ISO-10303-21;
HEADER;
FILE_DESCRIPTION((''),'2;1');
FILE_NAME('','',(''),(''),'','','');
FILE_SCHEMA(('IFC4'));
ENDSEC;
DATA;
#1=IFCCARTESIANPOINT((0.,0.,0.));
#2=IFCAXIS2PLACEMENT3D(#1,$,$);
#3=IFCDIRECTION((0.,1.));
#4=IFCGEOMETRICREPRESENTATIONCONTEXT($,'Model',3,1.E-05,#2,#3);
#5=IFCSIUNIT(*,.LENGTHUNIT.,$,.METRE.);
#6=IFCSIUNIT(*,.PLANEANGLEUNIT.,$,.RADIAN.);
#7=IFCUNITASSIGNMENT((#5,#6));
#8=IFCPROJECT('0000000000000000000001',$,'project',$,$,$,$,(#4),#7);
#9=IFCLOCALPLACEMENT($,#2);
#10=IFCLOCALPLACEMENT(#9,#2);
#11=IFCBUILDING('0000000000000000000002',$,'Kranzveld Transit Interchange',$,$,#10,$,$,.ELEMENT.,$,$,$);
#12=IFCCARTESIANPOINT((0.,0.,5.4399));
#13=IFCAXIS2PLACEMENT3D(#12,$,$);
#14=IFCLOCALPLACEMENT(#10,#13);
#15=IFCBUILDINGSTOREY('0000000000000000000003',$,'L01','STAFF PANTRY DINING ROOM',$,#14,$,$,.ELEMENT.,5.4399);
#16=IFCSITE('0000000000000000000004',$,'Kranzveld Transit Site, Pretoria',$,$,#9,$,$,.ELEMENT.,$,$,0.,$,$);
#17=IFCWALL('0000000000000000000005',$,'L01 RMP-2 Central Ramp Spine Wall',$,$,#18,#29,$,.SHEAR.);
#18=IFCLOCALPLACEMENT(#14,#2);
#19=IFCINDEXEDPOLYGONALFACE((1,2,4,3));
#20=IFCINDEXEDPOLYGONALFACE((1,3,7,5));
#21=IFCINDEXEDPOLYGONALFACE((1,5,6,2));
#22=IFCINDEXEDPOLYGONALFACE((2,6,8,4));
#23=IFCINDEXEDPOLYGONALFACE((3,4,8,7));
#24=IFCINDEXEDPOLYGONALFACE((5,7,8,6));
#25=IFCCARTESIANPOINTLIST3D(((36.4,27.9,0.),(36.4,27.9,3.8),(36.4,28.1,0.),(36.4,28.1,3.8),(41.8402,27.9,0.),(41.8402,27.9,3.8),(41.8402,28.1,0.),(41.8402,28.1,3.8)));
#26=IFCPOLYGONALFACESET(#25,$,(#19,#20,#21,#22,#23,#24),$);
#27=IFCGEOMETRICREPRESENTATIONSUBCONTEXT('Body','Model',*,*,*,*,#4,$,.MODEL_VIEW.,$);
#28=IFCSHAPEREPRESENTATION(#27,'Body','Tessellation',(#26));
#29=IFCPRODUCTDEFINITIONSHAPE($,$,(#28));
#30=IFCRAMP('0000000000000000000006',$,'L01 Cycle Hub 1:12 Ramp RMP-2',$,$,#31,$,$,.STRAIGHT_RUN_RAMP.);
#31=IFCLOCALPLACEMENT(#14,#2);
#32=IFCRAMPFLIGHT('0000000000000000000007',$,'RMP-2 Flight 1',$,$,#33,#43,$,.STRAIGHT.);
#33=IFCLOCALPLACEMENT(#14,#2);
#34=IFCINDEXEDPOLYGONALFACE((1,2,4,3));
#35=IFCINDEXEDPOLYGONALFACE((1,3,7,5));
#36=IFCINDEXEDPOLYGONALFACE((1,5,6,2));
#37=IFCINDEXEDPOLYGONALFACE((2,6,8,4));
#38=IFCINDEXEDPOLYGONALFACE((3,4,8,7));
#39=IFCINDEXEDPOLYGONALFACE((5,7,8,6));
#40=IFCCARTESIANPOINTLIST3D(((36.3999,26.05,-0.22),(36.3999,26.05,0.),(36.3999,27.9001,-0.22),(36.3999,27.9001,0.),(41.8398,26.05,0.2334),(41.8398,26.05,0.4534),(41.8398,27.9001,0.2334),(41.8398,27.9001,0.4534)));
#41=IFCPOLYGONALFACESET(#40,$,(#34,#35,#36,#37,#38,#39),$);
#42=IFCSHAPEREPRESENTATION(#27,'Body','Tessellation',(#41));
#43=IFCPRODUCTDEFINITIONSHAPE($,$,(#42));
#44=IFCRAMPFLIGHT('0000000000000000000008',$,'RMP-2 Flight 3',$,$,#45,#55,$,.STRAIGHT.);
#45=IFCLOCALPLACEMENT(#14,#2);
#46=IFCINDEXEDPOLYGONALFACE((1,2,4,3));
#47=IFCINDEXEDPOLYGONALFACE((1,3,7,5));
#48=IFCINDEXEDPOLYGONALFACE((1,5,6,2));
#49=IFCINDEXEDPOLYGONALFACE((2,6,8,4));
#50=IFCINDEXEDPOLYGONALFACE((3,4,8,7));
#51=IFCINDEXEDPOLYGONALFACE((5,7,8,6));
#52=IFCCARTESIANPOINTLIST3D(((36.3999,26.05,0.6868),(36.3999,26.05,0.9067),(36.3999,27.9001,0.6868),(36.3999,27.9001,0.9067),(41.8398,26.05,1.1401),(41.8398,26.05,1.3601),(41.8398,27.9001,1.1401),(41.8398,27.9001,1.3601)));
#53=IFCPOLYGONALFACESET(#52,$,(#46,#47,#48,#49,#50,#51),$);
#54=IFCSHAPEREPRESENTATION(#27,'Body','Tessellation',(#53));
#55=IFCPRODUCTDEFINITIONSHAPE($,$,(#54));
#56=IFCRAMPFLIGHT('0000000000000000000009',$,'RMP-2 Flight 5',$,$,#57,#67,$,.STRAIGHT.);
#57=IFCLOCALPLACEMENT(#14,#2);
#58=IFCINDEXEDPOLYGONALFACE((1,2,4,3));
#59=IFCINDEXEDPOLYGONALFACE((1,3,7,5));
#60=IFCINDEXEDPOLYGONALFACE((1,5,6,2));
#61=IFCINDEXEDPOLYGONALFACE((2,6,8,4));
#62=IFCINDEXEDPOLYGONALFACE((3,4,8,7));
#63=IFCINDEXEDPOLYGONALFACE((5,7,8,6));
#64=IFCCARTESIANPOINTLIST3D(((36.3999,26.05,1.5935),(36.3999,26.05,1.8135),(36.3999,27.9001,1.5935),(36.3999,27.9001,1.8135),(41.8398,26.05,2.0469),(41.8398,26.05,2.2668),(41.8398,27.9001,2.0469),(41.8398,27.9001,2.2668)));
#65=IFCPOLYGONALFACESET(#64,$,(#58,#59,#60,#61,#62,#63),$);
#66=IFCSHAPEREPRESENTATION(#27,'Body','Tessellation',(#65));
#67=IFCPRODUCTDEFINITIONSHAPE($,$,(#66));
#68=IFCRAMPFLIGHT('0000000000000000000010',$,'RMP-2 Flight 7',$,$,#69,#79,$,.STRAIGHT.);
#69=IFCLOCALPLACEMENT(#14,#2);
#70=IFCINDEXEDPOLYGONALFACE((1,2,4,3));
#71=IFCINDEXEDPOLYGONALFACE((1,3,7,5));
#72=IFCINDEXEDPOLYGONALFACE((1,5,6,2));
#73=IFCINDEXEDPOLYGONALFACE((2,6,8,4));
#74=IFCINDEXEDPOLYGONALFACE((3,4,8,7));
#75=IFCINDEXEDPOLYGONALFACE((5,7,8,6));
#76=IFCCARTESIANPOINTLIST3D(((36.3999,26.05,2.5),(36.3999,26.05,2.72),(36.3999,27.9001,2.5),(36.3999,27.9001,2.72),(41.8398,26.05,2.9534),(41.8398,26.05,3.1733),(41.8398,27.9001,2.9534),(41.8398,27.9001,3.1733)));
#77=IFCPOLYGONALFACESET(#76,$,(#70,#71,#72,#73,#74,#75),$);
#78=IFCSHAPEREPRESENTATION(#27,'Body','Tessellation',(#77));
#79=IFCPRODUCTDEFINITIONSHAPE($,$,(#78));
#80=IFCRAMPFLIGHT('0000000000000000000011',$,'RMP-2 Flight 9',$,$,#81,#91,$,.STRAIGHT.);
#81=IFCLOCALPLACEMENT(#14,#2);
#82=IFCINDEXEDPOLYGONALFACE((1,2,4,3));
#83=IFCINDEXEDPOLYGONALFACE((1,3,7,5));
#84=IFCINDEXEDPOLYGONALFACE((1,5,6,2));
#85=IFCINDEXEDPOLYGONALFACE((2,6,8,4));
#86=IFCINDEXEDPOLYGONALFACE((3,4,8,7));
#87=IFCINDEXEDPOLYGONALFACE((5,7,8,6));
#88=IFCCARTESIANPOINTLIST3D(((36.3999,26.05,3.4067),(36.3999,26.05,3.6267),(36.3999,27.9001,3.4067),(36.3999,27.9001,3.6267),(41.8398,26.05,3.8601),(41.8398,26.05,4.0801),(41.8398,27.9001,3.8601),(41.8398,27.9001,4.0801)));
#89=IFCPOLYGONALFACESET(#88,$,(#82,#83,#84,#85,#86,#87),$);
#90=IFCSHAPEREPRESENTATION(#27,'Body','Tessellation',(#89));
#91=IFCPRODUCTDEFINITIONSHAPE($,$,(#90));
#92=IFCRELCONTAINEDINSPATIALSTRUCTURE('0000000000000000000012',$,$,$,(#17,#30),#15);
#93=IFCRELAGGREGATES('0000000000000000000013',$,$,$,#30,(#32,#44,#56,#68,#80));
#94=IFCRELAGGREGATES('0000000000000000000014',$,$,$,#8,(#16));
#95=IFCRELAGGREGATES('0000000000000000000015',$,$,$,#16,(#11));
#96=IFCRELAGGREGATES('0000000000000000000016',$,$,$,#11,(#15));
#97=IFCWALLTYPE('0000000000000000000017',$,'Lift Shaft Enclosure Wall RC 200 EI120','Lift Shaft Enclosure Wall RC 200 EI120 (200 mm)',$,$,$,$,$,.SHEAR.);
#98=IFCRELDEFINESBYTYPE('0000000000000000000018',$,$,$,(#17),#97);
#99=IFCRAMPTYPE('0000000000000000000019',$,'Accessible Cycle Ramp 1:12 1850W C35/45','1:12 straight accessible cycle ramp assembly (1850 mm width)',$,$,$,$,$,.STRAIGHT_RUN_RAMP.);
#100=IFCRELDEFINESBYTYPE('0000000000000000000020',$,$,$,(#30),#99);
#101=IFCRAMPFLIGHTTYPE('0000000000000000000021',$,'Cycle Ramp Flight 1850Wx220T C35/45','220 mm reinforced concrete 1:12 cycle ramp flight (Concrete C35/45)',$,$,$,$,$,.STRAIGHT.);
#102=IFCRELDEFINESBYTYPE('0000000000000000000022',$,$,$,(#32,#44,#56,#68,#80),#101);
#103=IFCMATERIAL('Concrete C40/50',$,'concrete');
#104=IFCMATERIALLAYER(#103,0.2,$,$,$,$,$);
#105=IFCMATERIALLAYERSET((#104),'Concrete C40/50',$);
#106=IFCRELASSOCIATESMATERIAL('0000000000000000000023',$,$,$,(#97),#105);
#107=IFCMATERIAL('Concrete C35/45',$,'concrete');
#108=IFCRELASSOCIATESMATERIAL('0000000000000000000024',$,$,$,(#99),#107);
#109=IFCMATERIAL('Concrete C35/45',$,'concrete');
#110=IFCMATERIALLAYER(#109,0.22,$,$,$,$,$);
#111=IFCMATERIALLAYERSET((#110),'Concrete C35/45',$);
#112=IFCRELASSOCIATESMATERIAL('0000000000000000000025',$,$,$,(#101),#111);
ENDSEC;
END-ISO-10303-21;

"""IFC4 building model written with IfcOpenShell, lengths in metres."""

from ifc_helpers import new_model, si_unit, direction, frame, frame_2d, origin, place, context, subcontext, project, spatial, polyline, rectangle, outline, extrude, material, layer, layer_set, type_object, element, aggregate, save


model = new_model("IFC4")

# Units and contexts
model_context = context("Model", 3, precision=1e-05, world=origin(), true_north=direction((0.0, 1.0)))
body_context = subcontext(model_context, "Body", "Model", "MODEL_VIEW")
ifc_project = project(units=[si_unit("LENGTHUNIT", "METRE"), si_unit("PLANEANGLEUNIT", "RADIAN")], contexts=[model_context])

# Site, building, storey
site_placement = place(None, origin())
site = spatial("IfcSite", under=ifc_project, at=site_placement, Name="Kranzveld Transit Site, Pretoria", CompositionType="ELEMENT", RefElevation=0.0)
building_placement = place(site_placement, origin())
building = spatial("IfcBuilding", under=site, at=building_placement, Name="Kranzveld Transit Interchange", CompositionType="ELEMENT")
storey_placement = place(building_placement, frame((0.0, 0.0, 5.4399)))
storey = spatial("IfcBuildingStorey", under=building, at=storey_placement, Name="L01", Description="STAFF PANTRY DINING ROOM", CompositionType="ELEMENT", Elevation=5.4399)

# Wall
ifc_material_1 = material(Name="Concrete C40/50", Category="concrete")
ifc_layer_1 = layer(ifc_material_1, 0.2)
ifc_layer_set_1 = layer_set([ifc_layer_1], Name="Concrete C40/50")
wall_type = type_object("IfcWallType", Name="Lift Shaft Enclosure Wall RC 200 EI120", Description="Lift Shaft Enclosure Wall RC 200 EI120 (200 mm)", PredefinedType="SHEAR", material=ifc_layer_set_1)
wall_placement = place(storey_placement, frame((36.3999, 28.0, 0.0), z_axis=(0.0, 0.0, 1.0), x_axis=(1.0, 0.0, 0.0)))
element("IfcWall", 1, at=wall_placement, inside=storey, type_object=wall_type, Name="L01 RMP-2 Central Ramp Spine Wall", PredefinedType="SHEAR", context=body_context, shape_type="SweptSolid", body=[
    extrude(rectangle(XDim=5.4402, YDim=0.2, at=frame_2d((2.7202, 0.0))), origin(), (0.0, 0.0, 1.0), 3.8),
])

# Ramp, ramp flights
ifc_material_2 = material(Name="Concrete C35/45", Category="concrete")
ramp_type = type_object("IfcRampType", Name="Accessible Cycle Ramp 1:12 1850W C35/45", Description="1:12 straight accessible cycle ramp assembly (1850 mm width)", PredefinedType="STRAIGHT_RUN_RAMP", material=ifc_material_2)
ramp_placement = place(storey_placement, origin())
ramp = element("IfcRamp", 2, at=ramp_placement, inside=storey, type_object=ramp_type, Name="L01 Cycle Hub 1:12 Ramp RMP-2", PredefinedType="STRAIGHT_RUN_RAMP")
ifc_material_3 = material(Name="Concrete C35/45", Category="concrete")
ifc_layer_2 = layer(ifc_material_3, 0.22)
ifc_layer_set_2 = layer_set([ifc_layer_2], Name="Concrete C35/45")
ramp_flight_type = type_object("IfcRampFlightType", Name="Cycle Ramp Flight 1850Wx220T C35/45", Description="220 mm reinforced concrete 1:12 cycle ramp flight (Concrete C35/45)", PredefinedType="STRAIGHT", material=ifc_layer_set_2)
ramp_flight_1_placement = place(storey_placement, frame((36.3999, 26.9751, 0.0), z_axis=(0.0, 0.0, 1.0), x_axis=(1.0, 0.0, 0.0)))
ramp_flight_1 = element("IfcRampFlight", 3, at=ramp_flight_1_placement, type_object=ramp_flight_type, Name="RMP-2 Flight 1", PredefinedType="STRAIGHT", context=body_context, shape_type="SweptSolid", body=[
    extrude(outline(polyline([(0.0, -0.22), (0.0, 0.0), (5.4399, 0.4534), (5.4399, 0.2334), (0.0, -0.22)])), frame((0.0, 0.925, 0.0), z_axis=(0.0, -1.0, 0.0), x_axis=(1.0, 0.0, 0.0)), (0.0, 0.0, 1.0), 1.8501),
])
ramp_flight_2_placement = place(storey_placement, frame((36.3999, 26.9751, 0.9067), z_axis=(0.0, 0.0, 1.0), x_axis=(1.0, 0.0, 0.0)))
ramp_flight_2 = element("IfcRampFlight", 4, at=ramp_flight_2_placement, type_object=ramp_flight_type, Name="RMP-2 Flight 3", PredefinedType="STRAIGHT", context=body_context, shape_type="SweptSolid", body=[
    extrude(outline(polyline([(0.0, -0.22), (0.0, 0.0), (5.4399, 0.4534), (5.4399, 0.2334), (0.0, -0.22)])), frame((0.0, 0.925, 0.0), z_axis=(0.0, -1.0, 0.0), x_axis=(1.0, 0.0, 0.0)), (0.0, 0.0, 1.0), 1.8501),
])
ramp_flight_3_placement = place(storey_placement, frame((36.3999, 26.9751, 1.8135), z_axis=(0.0, 0.0, 1.0), x_axis=(1.0, 0.0, 0.0)))
ramp_flight_3 = element("IfcRampFlight", 5, at=ramp_flight_3_placement, type_object=ramp_flight_type, Name="RMP-2 Flight 5", PredefinedType="STRAIGHT", context=body_context, shape_type="SweptSolid", body=[
    extrude(outline(polyline([(0.0, -0.22), (0.0, 0.0), (5.4399, 0.4534), (5.4399, 0.2334), (0.0, -0.22)])), frame((0.0, 0.925, 0.0), z_axis=(0.0, -1.0, 0.0), x_axis=(1.0, 0.0, 0.0)), (0.0, 0.0, 1.0), 1.8501),
])
ramp_flight_4_placement = place(storey_placement, frame((36.3999, 26.9751, 2.72), z_axis=(0.0, 0.0, 1.0), x_axis=(1.0, 0.0, 0.0)))
ramp_flight_4 = element("IfcRampFlight", 6, at=ramp_flight_4_placement, type_object=ramp_flight_type, Name="RMP-2 Flight 7", PredefinedType="STRAIGHT", context=body_context, shape_type="SweptSolid", body=[
    extrude(outline(polyline([(0.0, -0.22), (0.0, 0.0), (5.4399, 0.4534), (5.4399, 0.2334), (0.0, -0.22)])), frame((0.0, 0.925, 0.0), z_axis=(0.0, -1.0, 0.0), x_axis=(1.0, 0.0, 0.0)), (0.0, 0.0, 1.0), 1.8501),
])
ramp_flight_5_placement = place(storey_placement, frame((36.3999, 26.9751, 3.6267), z_axis=(0.0, 0.0, 1.0), x_axis=(1.0, 0.0, 0.0)))
ramp_flight_5 = element("IfcRampFlight", 7, at=ramp_flight_5_placement, type_object=ramp_flight_type, Name="RMP-2 Flight 9", PredefinedType="STRAIGHT", context=body_context, shape_type="SweptSolid", body=[
    extrude(outline(polyline([(0.0, -0.22), (0.0, 0.0), (5.4399, 0.4534), (5.4399, 0.2334), (0.0, -0.22)])), frame((0.0, 0.925, 0.0), z_axis=(0.0, -1.0, 0.0), x_axis=(1.0, 0.0, 0.0)), (0.0, 0.0, 1.0), 1.8501),
])
aggregate(ramp, [ramp_flight_1, ramp_flight_2, ramp_flight_3, ramp_flight_4, ramp_flight_5])

save(model, "model.ifc")
